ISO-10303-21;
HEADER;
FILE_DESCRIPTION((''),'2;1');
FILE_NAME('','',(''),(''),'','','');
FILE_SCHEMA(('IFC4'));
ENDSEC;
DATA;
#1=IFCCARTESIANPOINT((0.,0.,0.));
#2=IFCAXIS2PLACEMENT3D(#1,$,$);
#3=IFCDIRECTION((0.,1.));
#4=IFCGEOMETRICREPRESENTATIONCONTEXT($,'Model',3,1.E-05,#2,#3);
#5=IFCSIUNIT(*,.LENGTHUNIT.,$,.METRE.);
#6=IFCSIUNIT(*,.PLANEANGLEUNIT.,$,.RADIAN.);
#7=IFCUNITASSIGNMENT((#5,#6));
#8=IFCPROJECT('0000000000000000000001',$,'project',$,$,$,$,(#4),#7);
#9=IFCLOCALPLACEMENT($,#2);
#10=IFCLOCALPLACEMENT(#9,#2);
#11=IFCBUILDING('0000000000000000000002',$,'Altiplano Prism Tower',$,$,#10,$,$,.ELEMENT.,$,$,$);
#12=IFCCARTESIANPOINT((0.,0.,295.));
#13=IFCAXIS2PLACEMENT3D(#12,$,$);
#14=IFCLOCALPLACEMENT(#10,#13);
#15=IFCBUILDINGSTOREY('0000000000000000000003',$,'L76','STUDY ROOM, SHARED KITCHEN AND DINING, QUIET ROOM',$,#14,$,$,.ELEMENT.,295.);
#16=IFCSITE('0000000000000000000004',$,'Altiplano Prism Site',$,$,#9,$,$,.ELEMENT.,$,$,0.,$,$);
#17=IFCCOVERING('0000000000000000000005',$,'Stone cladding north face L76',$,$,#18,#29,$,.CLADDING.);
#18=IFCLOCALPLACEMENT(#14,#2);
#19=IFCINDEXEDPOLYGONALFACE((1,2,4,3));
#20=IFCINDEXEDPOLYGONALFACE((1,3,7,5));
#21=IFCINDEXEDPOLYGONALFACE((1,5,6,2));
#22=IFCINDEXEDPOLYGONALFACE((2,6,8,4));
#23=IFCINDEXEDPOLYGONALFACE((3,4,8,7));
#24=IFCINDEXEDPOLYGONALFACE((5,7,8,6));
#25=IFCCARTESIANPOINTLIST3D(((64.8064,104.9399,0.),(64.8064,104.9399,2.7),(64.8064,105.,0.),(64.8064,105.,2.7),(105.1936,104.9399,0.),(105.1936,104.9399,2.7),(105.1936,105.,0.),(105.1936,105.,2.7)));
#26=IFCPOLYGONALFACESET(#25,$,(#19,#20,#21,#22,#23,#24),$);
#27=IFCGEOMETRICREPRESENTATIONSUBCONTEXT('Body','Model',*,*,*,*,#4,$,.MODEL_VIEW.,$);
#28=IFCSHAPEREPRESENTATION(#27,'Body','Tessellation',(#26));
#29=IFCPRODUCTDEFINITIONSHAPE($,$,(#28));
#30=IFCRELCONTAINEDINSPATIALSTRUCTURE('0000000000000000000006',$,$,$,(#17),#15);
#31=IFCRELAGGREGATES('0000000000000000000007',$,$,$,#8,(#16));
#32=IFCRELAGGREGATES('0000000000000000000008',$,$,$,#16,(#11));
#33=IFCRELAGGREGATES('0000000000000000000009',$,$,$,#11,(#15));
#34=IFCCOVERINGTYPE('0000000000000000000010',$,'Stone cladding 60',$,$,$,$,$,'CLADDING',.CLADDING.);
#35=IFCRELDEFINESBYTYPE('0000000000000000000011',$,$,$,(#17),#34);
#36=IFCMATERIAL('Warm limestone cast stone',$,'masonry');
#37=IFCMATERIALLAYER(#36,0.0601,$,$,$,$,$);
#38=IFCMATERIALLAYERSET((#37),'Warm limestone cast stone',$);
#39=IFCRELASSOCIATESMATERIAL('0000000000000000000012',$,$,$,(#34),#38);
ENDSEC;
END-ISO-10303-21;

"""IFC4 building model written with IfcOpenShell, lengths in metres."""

from ifc_helpers import new_model, si_unit, direction, frame, frame_2d, origin, place, context, subcontext, project, spatial, rectangle, extrude, material, layer, layer_set, type_object, element, save


model = new_model("IFC4")

# Units and contexts
model_context = context("Model", 3, precision=1e-05, world=origin(), true_north=direction((0.0, 1.0)))
body_context = subcontext(model_context, "Body", "Model", "MODEL_VIEW")
ifc_project = project(units=[si_unit("LENGTHUNIT", "METRE"), si_unit("PLANEANGLEUNIT", "RADIAN")], contexts=[model_context])

# Site, building, storey
site_placement = place(None, origin())
site = spatial("IfcSite", under=ifc_project, at=site_placement, Name="Altiplano Prism Site", CompositionType="ELEMENT", RefElevation=0.0)
building_placement = place(site_placement, origin())
building = spatial("IfcBuilding", under=site, at=building_placement, Name="Altiplano Prism Tower", CompositionType="ELEMENT")
storey_placement = place(building_placement, frame((0.0, 0.0, 295.0)))
storey = spatial("IfcBuildingStorey", under=building, at=storey_placement, Name="L76", Description="STUDY ROOM, SHARED KITCHEN AND DINING, QUIET ROOM", CompositionType="ELEMENT", Elevation=295.0)

# Covering
ifc_material_1 = material(Name="Warm limestone cast stone", Category="masonry")
ifc_layer_1 = layer(ifc_material_1, 0.0601)
ifc_layer_set_1 = layer_set([ifc_layer_1], Name="Warm limestone cast stone")
covering_type = type_object("IfcCoveringType", Name="Stone cladding 60", ElementType="CLADDING", PredefinedType="CLADDING", material=ifc_layer_set_1)
covering_placement = place(storey_placement, frame((64.8064, 104.97, 0.0), z_axis=(0.0, 0.0, 1.0), x_axis=(1.0, 0.0, 0.0)))
element("IfcCovering", 1, at=covering_placement, inside=storey, type_object=covering_type, Name="Stone cladding north face L76", PredefinedType="CLADDING", context=body_context, shape_type="SweptSolid", body=[
    extrude(rectangle(XDim=40.3872, YDim=0.0601, at=frame_2d((20.1936, 0.0))), origin(), (0.0, 0.0, 1.0), 2.7),
])

save(model, "model.ifc")
